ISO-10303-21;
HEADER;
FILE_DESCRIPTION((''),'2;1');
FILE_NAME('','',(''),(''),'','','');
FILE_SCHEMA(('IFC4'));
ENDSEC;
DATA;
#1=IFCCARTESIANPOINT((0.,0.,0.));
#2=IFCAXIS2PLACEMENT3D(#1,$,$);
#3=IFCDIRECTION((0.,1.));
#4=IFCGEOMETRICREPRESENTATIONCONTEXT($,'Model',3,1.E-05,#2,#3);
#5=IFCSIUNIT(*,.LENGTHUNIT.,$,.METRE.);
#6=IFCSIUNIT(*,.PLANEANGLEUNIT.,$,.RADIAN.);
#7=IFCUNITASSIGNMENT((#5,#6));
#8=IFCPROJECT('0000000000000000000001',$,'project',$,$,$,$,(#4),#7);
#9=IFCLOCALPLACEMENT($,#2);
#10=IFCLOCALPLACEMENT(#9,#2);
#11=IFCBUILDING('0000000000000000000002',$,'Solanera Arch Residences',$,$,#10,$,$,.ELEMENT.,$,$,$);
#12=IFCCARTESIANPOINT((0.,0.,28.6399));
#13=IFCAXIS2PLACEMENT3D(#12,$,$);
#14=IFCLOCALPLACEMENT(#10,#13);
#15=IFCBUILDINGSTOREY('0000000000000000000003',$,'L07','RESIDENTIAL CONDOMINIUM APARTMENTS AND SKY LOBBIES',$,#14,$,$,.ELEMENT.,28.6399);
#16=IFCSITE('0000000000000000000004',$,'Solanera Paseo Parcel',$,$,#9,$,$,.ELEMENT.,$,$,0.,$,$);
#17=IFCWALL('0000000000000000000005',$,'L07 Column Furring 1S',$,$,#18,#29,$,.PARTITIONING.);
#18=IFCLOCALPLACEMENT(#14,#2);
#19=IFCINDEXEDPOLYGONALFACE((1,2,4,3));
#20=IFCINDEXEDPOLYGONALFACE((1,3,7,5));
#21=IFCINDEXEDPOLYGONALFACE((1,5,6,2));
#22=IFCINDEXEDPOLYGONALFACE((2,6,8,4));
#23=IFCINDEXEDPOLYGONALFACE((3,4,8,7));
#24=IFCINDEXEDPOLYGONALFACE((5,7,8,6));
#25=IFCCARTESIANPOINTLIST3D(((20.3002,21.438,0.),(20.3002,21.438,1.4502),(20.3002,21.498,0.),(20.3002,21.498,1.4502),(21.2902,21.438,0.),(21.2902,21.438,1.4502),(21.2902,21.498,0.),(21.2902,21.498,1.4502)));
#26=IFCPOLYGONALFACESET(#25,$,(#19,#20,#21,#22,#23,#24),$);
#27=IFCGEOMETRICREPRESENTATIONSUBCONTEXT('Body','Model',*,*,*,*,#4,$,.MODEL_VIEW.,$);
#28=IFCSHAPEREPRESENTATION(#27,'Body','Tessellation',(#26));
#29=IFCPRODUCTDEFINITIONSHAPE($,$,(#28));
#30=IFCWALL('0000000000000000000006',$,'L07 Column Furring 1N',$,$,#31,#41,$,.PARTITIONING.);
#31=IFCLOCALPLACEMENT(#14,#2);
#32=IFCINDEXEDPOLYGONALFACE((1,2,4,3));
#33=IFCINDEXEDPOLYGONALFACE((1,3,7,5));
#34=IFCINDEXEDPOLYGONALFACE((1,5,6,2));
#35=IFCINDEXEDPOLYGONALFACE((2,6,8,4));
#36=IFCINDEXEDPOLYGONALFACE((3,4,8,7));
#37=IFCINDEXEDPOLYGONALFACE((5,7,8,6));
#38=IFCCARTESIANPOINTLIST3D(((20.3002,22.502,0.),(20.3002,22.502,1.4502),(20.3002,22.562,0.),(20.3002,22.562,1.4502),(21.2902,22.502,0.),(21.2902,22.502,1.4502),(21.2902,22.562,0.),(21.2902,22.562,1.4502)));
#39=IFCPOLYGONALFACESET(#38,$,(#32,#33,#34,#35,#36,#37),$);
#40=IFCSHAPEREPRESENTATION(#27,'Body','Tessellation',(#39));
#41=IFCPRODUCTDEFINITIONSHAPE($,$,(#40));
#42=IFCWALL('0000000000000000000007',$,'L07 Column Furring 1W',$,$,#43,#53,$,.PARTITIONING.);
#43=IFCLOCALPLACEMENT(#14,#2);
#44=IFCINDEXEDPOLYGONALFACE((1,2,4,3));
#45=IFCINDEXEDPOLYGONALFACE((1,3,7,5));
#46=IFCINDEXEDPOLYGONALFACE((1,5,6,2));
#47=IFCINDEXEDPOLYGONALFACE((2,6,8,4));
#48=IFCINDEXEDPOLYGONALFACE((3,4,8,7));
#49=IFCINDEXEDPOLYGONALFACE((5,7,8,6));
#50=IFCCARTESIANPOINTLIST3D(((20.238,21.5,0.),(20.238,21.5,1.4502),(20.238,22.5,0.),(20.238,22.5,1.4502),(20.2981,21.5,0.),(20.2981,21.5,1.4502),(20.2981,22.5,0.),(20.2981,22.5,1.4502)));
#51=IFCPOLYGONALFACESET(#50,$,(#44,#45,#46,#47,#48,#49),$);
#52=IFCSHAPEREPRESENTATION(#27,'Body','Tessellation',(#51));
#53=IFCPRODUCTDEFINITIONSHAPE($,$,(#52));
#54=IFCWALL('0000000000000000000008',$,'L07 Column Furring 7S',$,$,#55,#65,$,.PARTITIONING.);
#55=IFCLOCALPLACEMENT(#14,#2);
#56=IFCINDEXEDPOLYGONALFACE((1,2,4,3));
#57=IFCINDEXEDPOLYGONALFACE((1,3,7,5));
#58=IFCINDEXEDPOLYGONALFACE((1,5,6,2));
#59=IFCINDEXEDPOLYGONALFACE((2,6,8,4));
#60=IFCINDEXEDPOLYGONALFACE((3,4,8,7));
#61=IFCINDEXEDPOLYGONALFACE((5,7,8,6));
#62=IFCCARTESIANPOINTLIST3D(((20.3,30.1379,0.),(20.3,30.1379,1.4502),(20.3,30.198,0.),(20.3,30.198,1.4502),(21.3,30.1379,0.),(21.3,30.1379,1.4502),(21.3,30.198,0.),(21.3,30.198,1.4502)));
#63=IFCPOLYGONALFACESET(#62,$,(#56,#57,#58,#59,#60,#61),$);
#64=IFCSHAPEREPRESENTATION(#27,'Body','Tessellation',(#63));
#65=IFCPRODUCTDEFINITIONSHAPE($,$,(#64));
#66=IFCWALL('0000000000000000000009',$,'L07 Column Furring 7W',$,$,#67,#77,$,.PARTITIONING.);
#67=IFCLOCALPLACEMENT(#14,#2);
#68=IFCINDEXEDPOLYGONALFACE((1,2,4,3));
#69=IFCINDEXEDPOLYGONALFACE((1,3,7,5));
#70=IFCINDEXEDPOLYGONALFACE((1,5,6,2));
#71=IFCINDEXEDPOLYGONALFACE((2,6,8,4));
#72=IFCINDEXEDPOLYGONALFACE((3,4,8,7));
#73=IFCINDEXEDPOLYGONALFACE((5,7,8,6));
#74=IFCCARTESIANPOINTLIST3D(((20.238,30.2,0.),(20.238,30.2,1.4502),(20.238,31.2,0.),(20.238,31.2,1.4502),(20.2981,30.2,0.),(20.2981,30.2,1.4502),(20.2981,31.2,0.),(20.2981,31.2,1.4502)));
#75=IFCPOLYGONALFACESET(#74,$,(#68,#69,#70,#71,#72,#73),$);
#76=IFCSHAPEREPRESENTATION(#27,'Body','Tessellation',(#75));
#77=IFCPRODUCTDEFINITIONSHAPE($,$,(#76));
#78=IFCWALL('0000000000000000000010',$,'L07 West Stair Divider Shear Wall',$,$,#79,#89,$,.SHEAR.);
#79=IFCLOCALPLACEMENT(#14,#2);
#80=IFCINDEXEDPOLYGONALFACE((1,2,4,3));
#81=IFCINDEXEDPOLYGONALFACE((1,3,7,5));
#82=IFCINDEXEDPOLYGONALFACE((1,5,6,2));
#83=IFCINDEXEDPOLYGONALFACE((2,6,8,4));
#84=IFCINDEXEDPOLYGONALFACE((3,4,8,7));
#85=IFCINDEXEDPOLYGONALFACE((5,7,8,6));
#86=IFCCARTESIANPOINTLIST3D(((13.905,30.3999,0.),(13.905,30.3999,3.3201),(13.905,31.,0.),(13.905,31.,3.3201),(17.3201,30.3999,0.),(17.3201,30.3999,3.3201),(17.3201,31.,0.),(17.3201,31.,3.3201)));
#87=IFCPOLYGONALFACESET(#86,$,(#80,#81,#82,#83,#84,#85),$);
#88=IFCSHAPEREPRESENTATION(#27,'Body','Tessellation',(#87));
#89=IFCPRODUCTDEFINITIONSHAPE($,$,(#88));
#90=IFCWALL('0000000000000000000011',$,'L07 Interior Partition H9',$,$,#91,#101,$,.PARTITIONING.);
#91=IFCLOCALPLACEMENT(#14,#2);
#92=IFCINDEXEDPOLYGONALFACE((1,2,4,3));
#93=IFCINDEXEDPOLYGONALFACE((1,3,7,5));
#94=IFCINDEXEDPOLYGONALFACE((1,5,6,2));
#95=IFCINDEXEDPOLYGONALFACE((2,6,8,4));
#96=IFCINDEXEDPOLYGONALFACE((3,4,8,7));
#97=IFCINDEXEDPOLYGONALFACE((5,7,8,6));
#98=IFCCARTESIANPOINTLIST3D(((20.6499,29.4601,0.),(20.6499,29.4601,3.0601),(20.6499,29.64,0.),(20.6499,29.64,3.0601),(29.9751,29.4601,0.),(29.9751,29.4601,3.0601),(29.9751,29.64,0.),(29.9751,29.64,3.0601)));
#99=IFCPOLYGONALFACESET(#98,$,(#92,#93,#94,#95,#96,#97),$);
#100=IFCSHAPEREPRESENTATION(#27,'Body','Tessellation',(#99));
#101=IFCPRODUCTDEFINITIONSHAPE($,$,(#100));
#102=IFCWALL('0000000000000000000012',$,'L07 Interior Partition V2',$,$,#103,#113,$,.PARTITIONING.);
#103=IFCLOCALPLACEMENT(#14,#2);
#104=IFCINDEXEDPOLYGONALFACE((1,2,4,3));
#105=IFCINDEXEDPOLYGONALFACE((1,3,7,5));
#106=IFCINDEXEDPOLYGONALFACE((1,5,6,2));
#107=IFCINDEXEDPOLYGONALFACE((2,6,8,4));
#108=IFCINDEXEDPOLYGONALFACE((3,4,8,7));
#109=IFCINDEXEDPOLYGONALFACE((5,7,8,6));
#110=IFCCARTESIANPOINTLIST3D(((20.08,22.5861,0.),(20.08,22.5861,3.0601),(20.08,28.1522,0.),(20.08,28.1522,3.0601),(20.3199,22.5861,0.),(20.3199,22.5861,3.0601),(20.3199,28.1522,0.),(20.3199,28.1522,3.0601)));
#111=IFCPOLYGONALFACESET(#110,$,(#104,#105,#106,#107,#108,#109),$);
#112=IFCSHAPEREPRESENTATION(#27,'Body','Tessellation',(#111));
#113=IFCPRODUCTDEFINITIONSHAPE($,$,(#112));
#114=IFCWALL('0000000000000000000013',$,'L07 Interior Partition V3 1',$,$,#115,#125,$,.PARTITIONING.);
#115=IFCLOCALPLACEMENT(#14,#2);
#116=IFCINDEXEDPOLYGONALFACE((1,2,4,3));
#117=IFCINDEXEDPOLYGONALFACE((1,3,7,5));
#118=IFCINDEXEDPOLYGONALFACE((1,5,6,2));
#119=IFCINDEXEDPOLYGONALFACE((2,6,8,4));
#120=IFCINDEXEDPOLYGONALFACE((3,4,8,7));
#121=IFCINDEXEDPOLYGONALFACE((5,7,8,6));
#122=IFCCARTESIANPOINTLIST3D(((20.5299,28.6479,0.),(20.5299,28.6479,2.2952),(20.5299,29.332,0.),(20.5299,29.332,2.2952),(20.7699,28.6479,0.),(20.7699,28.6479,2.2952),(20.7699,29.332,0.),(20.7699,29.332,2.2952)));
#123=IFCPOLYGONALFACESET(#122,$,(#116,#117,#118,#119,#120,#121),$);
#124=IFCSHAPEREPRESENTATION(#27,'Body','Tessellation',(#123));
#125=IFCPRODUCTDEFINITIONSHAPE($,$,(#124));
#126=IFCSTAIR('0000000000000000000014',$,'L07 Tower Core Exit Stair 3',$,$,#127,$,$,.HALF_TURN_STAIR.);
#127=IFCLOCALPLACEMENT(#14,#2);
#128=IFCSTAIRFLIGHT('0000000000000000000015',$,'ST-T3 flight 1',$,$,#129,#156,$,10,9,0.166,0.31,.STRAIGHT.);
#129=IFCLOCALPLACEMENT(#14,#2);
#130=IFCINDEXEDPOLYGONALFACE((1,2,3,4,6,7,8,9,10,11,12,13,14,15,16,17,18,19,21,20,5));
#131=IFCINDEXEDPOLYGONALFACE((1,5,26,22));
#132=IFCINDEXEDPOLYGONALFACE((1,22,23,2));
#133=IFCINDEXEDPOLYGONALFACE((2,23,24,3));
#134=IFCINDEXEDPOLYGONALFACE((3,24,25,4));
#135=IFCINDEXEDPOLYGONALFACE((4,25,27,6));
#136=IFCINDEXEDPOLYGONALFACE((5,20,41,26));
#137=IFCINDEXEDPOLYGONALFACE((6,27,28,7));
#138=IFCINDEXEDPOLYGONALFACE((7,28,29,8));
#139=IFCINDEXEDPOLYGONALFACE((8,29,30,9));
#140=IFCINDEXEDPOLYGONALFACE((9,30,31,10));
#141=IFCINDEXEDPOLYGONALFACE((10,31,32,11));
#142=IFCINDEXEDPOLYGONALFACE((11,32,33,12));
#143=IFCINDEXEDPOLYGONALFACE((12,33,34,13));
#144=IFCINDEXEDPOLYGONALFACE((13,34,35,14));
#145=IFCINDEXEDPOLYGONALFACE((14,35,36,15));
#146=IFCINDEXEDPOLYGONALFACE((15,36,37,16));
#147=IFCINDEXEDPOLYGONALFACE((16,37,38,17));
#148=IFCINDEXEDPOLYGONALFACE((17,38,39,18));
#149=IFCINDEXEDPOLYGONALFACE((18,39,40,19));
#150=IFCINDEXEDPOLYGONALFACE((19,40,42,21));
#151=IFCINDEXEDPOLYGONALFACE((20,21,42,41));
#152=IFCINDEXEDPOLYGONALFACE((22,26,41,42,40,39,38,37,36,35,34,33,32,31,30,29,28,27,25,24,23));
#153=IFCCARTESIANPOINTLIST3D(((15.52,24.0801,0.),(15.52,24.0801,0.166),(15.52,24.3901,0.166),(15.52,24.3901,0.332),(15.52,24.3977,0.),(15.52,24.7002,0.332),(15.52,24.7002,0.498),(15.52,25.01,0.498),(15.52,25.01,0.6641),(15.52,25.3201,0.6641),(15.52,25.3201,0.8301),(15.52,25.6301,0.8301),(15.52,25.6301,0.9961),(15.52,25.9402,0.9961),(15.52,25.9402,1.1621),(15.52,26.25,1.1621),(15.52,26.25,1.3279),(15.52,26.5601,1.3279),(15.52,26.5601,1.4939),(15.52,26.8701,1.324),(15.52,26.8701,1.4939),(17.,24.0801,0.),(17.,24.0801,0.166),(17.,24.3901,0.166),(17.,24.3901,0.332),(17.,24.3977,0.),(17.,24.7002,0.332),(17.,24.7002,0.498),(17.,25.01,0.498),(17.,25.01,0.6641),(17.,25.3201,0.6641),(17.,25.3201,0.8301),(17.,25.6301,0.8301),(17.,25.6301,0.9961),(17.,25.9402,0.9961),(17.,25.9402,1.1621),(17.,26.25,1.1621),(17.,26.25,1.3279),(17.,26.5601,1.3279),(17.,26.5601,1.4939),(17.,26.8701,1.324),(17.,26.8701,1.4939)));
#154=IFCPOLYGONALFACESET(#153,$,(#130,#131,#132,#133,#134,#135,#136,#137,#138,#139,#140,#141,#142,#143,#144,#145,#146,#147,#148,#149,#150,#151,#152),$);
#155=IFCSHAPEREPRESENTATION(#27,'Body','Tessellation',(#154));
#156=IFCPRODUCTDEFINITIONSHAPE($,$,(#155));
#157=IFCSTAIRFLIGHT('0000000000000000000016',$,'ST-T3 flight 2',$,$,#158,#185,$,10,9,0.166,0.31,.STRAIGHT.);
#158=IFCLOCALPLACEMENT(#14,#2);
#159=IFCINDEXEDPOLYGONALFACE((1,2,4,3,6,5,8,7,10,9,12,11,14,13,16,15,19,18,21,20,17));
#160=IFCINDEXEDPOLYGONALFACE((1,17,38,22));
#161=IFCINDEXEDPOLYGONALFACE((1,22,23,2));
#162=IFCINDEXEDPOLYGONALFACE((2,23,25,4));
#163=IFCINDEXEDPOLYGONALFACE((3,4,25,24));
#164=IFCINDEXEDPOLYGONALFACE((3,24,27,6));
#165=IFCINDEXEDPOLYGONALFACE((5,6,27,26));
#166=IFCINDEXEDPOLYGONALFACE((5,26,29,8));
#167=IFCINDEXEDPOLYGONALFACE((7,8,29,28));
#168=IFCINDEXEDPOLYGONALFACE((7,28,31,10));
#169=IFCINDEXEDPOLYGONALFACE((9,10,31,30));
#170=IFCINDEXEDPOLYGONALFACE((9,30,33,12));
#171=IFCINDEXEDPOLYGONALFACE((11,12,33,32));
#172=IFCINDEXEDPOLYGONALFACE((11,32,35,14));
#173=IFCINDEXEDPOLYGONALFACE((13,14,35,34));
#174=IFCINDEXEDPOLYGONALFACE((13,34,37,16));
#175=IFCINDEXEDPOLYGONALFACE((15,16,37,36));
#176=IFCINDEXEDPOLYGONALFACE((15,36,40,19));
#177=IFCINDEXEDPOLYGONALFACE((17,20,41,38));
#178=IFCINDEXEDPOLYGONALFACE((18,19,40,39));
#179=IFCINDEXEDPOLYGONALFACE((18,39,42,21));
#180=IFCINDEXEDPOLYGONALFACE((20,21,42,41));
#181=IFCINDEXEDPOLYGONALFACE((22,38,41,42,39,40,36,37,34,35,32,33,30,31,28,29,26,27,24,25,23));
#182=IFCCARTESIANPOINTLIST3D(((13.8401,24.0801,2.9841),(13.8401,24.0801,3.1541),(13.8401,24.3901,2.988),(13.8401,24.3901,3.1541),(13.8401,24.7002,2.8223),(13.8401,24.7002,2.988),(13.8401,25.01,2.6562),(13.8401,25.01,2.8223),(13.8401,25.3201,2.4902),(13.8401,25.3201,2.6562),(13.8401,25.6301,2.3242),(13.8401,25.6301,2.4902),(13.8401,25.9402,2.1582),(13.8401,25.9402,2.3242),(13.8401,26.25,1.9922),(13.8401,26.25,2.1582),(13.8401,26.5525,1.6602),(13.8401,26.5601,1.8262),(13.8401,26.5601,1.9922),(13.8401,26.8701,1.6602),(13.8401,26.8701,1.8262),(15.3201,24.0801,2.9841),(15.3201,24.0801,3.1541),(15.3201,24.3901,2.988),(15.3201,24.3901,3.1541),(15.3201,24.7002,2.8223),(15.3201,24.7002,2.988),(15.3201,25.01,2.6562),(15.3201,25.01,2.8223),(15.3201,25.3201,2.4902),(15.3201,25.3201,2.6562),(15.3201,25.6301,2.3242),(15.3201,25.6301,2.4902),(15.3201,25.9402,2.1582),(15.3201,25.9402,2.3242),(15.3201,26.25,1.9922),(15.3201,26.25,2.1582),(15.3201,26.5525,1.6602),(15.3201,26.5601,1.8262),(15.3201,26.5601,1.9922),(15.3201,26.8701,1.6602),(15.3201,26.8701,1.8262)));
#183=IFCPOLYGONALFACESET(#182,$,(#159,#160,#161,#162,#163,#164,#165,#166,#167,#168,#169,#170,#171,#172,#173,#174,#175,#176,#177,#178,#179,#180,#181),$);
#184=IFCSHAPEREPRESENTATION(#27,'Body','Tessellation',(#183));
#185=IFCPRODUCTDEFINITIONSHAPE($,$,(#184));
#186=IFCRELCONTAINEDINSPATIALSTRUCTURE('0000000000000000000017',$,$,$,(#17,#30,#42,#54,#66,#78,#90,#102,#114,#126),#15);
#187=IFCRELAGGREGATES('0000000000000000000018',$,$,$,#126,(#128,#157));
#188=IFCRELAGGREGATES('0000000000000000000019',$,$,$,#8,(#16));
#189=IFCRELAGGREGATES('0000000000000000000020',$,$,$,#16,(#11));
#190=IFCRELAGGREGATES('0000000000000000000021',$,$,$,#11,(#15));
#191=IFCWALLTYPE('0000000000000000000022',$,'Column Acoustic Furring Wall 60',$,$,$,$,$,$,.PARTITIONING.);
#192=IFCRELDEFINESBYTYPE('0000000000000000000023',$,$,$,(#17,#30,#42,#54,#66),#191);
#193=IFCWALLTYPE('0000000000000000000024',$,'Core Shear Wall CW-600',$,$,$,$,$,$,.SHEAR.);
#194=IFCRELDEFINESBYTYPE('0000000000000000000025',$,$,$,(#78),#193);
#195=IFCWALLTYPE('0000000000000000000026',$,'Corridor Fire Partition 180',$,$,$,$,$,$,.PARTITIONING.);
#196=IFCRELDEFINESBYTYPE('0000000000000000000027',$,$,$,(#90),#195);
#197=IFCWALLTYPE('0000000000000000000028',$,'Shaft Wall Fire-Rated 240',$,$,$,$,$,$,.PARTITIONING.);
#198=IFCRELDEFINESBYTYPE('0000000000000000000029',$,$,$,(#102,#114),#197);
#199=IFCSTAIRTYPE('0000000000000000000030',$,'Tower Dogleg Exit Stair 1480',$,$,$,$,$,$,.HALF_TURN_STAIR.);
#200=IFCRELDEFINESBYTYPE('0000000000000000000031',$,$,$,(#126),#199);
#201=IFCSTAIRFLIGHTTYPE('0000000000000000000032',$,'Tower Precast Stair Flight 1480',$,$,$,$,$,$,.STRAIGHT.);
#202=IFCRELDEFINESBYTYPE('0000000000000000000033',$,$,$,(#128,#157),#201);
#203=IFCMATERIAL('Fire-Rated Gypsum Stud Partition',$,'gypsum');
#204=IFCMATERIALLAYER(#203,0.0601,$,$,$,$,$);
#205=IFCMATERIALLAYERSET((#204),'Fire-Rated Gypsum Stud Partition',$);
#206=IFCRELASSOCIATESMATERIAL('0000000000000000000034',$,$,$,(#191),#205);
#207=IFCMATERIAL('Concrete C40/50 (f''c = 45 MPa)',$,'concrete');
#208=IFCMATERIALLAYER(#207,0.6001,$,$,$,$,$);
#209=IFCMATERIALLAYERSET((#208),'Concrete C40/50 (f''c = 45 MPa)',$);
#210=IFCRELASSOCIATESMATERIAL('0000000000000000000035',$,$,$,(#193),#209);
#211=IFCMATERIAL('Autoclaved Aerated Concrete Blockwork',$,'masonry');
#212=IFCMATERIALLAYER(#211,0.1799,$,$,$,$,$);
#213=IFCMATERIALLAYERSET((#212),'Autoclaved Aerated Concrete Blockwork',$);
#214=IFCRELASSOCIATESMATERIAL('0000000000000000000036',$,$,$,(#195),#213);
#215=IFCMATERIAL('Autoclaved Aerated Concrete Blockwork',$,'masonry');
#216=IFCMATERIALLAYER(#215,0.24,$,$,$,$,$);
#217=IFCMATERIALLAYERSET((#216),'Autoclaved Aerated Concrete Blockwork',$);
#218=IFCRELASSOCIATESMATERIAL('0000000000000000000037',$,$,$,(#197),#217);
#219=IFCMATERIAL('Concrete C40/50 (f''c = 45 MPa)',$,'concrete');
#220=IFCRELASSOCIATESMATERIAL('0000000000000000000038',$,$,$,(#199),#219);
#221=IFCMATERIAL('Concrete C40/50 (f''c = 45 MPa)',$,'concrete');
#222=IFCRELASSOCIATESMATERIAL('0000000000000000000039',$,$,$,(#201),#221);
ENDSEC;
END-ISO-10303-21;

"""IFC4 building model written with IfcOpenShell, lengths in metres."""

from ifc_helpers import new_model, si_unit, direction, frame, frame_2d, origin, place, context, subcontext, project, spatial, polyline, rectangle, outline, extrude, material, layer, layer_set, type_object, element, aggregate, save


model = new_model("IFC4")

# Units and contexts
model_context = context("Model", 3, precision=1e-05, world=origin(), true_north=direction((0.0, 1.0)))
body_context = subcontext(model_context, "Body", "Model", "MODEL_VIEW")
ifc_project = project(units=[si_unit("LENGTHUNIT", "METRE"), si_unit("PLANEANGLEUNIT", "RADIAN")], contexts=[model_context])

# Site, building, storey
site_placement = place(None, origin())
site = spatial("IfcSite", under=ifc_project, at=site_placement, Name="Solanera Paseo Parcel", CompositionType="ELEMENT", RefElevation=0.0)
building_placement = place(site_placement, origin())
building = spatial("IfcBuilding", under=site, at=building_placement, Name="Solanera Arch Residences", CompositionType="ELEMENT")
storey_placement = place(building_placement, frame((0.0, 0.0, 28.6399)))
storey = spatial("IfcBuildingStorey", under=building, at=storey_placement, Name="L07", Description="RESIDENTIAL CONDOMINIUM APARTMENTS AND SKY LOBBIES", CompositionType="ELEMENT", Elevation=28.6399)

# Walls
ifc_material_1 = material(Name="Fire-Rated Gypsum Stud Partition", Category="gypsum")
ifc_layer_1 = layer(ifc_material_1, 0.0601)
ifc_layer_set_1 = layer_set([ifc_layer_1], Name="Fire-Rated Gypsum Stud Partition")
wall_type_1 = type_object("IfcWallType", Name="Column Acoustic Furring Wall 60", PredefinedType="PARTITIONING", material=ifc_layer_set_1)
for number, where, z_axis, x_axis, name in (
    (1, (20.3, 21.468, 0.0), (0.0, 0.0, 1.0), (1.0, 0.0, 0.0), "L07 Column Furring 1S"),
    (2, (20.3, 22.532, 0.0), (0.0, 0.0, 1.0), (1.0, 0.0, 0.0), "L07 Column Furring 1N"),
):
    element("IfcWall", number, at=place(storey_placement, frame(where, z_axis=z_axis, x_axis=x_axis)), inside=storey, type_object=wall_type_1, Name=name, PredefinedType="PARTITIONING", context=body_context, shape_type="SweptSolid", body=[
        extrude(rectangle(XDim=0.99, YDim=0.0601, at=frame_2d((0.4951, 0.0))), origin(), (0.0, 0.0, 1.0), 1.4502),
    ])
for number, where, z_axis, x_axis, name in (
    (3, (20.2681, 21.5, 0.0), (0.0, 0.0, 1.0), (0.0, 1.0, 0.0), "L07 Column Furring 1W"),
    (4, (20.3, 30.168, 0.0), (0.0, 0.0, 1.0), (1.0, 0.0, 0.0), "L07 Column Furring 7S"),
    (5, (20.2681, 30.2, 0.0), (0.0, 0.0, 1.0), (0.0, 1.0, 0.0), "L07 Column Furring 7W"),
):
    element("IfcWall", number, at=place(storey_placement, frame(where, z_axis=z_axis, x_axis=x_axis)), inside=storey, type_object=wall_type_1, Name=name, PredefinedType="PARTITIONING", context=body_context, shape_type="SweptSolid", body=[
        extrude(rectangle(XDim=1.0, YDim=0.0601, at=frame_2d((0.5, 0.0))), origin(), (0.0, 0.0, 1.0), 1.4502),
    ])

# Walls
ifc_material_2 = material(Name="Concrete C40/50 (f'c = 45 MPa)", Category="concrete")
ifc_layer_2 = layer(ifc_material_2, 0.6001)
ifc_layer_set_2 = layer_set([ifc_layer_2], Name="Concrete C40/50 (f'c = 45 MPa)")
wall_type_2 = type_object("IfcWallType", Name="Core Shear Wall CW-600", PredefinedType="SHEAR", material=ifc_layer_set_2)
wall_1_placement = place(storey_placement, frame((13.905, 30.7, 0.0), z_axis=(0.0, 0.0, 1.0), x_axis=(1.0, 0.0, 0.0)))
element("IfcWall", 6, at=wall_1_placement, inside=storey, type_object=wall_type_2, Name="L07 West Stair Divider Shear Wall", PredefinedType="SHEAR", context=body_context, shape_type="SweptSolid", body=[
    extrude(rectangle(XDim=3.415, YDim=0.6001, at=frame_2d((1.7075, 0.0))), origin(), (0.0, 0.0, 1.0), 3.3201),
])
ifc_material_3 = material(Name="Autoclaved Aerated Concrete Blockwork", Category="masonry")
ifc_layer_3 = layer(ifc_material_3, 0.1799)
ifc_layer_set_3 = layer_set([ifc_layer_3], Name="Autoclaved Aerated Concrete Blockwork")
wall_type_3 = type_object("IfcWallType", Name="Corridor Fire Partition 180", PredefinedType="PARTITIONING", material=ifc_layer_set_3)
wall_2_placement = place(storey_placement, frame((20.6499, 29.55, 0.0), z_axis=(0.0, 0.0, 1.0), x_axis=(1.0, 0.0, 0.0)))
element("IfcWall", 7, at=wall_2_placement, inside=storey, type_object=wall_type_3, Name="L07 Interior Partition H9", PredefinedType="PARTITIONING", context=body_context, shape_type="SweptSolid", body=[
    extrude(rectangle(XDim=9.3252, YDim=0.1799, at=frame_2d((4.6626, 0.0))), origin(), (0.0, 0.0, 1.0), 3.0601),
])

# Shared definitions
ifc_material_4 = material(Name="Autoclaved Aerated Concrete Blockwork", Category="masonry")
ifc_layer_4 = layer(ifc_material_4, 0.24)
ifc_layer_set_4 = layer_set([ifc_layer_4], Name="Autoclaved Aerated Concrete Blockwork")
wall_type_4 = type_object("IfcWallType", Name="Shaft Wall Fire-Rated 240", PredefinedType="PARTITIONING", material=ifc_layer_set_4)

# Walls
wall_3_placement = place(storey_placement, frame((20.2, 22.5859, 0.0), z_axis=(0.0, 0.0, 1.0), x_axis=(0.0, 1.0, 0.0)))
element("IfcWall", 8, at=wall_3_placement, inside=storey, type_object=wall_type_4, Name="L07 Interior Partition V2", PredefinedType="PARTITIONING", context=body_context, shape_type="SweptSolid", body=[
    extrude(rectangle(XDim=5.5662, YDim=0.24, at=frame_2d((2.7832, 0.0))), origin(), (0.0, 0.0, 1.0), 3.0601),
])
wall_4_placement = place(storey_placement, frame((20.6499, 28.6479, 0.0), z_axis=(0.0, 0.0, 1.0), x_axis=(0.0, 1.0, 0.0)))
element("IfcWall", 9, at=wall_4_placement, inside=storey, type_object=wall_type_4, Name="L07 Interior Partition V3 1", PredefinedType="PARTITIONING", context=body_context, shape_type="SweptSolid", body=[
    extrude(rectangle(XDim=0.6841, YDim=0.24, at=frame_2d((0.342, 0.0))), origin(), (0.0, 0.0, 1.0), 2.2952),
])

# Stair, stair flights
ifc_material_5 = material(Name="Concrete C40/50 (f'c = 45 MPa)", Category="concrete")
stair_type = type_object("IfcStairType", Name="Tower Dogleg Exit Stair 1480", PredefinedType="HALF_TURN_STAIR", material=ifc_material_5)
stair_placement = place(storey_placement, origin())
stair = element("IfcStair", 10, at=stair_placement, inside=storey, type_object=stair_type, Name="L07 Tower Core Exit Stair 3", PredefinedType="HALF_TURN_STAIR")
ifc_material_6 = material(Name="Concrete C40/50 (f'c = 45 MPa)", Category="concrete")
stair_flight_type = type_object("IfcStairFlightType", Name="Tower Precast Stair Flight 1480", PredefinedType="STRAIGHT", material=ifc_material_6)
stair_flight_1_placement = place(storey_placement, frame((16.26, 24.0801, 0.0), z_axis=(0.0, 0.0, 1.0), x_axis=(0.0, 1.0, 0.0)))
stair_flight_1 = element("IfcStairFlight", 11, at=stair_flight_1_placement, type_object=stair_flight_type, Name="ST-T3 flight 1", NumberOfRisers=10, NumberOfTreads=9, PredefinedType="STRAIGHT", RiserHeight=0.166, TreadLength=0.31, context=body_context, shape_type="SweptSolid", body=[
    extrude(outline(polyline([(0.0, 0.0), (0.0, 0.166), (0.3101, 0.166), (0.3101, 0.332), (0.6201, 0.332), (0.6201, 0.498), (0.9299, 0.498), (0.9299, 0.6641), (1.24, 0.6641), (1.24, 0.8301), (1.55, 0.8301), (1.55, 0.9961), (1.8601, 0.9961), (1.8601, 1.1621), (2.1699, 1.1621), (2.1699, 1.3279), (2.48, 1.3279), (2.48, 1.4939), (2.79, 1.4939), (2.79, 1.6599), (2.79, 1.324), (0.3176, 0.0), (0.0, 0.0)])), frame((0.0, 0.74, 0.0), z_axis=(0.0, -1.0, 0.0), x_axis=(1.0, 0.0, 0.0)), (0.0, 0.0, 1.0), 1.48),
])
stair_flight_2_placement = place(storey_placement, frame((14.5801, 26.8701, 1.6602), z_axis=(0.0, 0.0, 1.0), x_axis=(0.0, -1.0, 0.0)))
stair_flight_2 = element("IfcStairFlight", 12, at=stair_flight_2_placement, type_object=stair_flight_type, Name="ST-T3 flight 2", NumberOfRisers=10, NumberOfTreads=9, PredefinedType="STRAIGHT", RiserHeight=0.166, TreadLength=0.31, context=body_context, shape_type="SweptSolid", body=[
    extrude(outline(polyline([(0.0, 0.0), (0.0, 0.166), (0.3101, 0.166), (0.3101, 0.332), (0.6201, 0.332), (0.6201, 0.498), (0.9299, 0.498), (0.9299, 0.6641), (1.24, 0.6641), (1.24, 0.8301), (1.55, 0.8301), (1.55, 0.9961), (1.8601, 0.9961), (1.8601, 1.1621), (2.1699, 1.1621), (2.1699, 1.3279), (2.48, 1.3279), (2.48, 1.4939), (2.79, 1.4939), (2.79, 1.6599), (2.79, 1.324), (0.3176, 0.0), (0.0, 0.0)])), frame((0.0, 0.74, 0.0), z_axis=(0.0, -1.0, 0.0), x_axis=(1.0, 0.0, 0.0)), (0.0, 0.0, 1.0), 1.48),
])
aggregate(stair, [stair_flight_1, stair_flight_2])

save(model, "model.ifc")
